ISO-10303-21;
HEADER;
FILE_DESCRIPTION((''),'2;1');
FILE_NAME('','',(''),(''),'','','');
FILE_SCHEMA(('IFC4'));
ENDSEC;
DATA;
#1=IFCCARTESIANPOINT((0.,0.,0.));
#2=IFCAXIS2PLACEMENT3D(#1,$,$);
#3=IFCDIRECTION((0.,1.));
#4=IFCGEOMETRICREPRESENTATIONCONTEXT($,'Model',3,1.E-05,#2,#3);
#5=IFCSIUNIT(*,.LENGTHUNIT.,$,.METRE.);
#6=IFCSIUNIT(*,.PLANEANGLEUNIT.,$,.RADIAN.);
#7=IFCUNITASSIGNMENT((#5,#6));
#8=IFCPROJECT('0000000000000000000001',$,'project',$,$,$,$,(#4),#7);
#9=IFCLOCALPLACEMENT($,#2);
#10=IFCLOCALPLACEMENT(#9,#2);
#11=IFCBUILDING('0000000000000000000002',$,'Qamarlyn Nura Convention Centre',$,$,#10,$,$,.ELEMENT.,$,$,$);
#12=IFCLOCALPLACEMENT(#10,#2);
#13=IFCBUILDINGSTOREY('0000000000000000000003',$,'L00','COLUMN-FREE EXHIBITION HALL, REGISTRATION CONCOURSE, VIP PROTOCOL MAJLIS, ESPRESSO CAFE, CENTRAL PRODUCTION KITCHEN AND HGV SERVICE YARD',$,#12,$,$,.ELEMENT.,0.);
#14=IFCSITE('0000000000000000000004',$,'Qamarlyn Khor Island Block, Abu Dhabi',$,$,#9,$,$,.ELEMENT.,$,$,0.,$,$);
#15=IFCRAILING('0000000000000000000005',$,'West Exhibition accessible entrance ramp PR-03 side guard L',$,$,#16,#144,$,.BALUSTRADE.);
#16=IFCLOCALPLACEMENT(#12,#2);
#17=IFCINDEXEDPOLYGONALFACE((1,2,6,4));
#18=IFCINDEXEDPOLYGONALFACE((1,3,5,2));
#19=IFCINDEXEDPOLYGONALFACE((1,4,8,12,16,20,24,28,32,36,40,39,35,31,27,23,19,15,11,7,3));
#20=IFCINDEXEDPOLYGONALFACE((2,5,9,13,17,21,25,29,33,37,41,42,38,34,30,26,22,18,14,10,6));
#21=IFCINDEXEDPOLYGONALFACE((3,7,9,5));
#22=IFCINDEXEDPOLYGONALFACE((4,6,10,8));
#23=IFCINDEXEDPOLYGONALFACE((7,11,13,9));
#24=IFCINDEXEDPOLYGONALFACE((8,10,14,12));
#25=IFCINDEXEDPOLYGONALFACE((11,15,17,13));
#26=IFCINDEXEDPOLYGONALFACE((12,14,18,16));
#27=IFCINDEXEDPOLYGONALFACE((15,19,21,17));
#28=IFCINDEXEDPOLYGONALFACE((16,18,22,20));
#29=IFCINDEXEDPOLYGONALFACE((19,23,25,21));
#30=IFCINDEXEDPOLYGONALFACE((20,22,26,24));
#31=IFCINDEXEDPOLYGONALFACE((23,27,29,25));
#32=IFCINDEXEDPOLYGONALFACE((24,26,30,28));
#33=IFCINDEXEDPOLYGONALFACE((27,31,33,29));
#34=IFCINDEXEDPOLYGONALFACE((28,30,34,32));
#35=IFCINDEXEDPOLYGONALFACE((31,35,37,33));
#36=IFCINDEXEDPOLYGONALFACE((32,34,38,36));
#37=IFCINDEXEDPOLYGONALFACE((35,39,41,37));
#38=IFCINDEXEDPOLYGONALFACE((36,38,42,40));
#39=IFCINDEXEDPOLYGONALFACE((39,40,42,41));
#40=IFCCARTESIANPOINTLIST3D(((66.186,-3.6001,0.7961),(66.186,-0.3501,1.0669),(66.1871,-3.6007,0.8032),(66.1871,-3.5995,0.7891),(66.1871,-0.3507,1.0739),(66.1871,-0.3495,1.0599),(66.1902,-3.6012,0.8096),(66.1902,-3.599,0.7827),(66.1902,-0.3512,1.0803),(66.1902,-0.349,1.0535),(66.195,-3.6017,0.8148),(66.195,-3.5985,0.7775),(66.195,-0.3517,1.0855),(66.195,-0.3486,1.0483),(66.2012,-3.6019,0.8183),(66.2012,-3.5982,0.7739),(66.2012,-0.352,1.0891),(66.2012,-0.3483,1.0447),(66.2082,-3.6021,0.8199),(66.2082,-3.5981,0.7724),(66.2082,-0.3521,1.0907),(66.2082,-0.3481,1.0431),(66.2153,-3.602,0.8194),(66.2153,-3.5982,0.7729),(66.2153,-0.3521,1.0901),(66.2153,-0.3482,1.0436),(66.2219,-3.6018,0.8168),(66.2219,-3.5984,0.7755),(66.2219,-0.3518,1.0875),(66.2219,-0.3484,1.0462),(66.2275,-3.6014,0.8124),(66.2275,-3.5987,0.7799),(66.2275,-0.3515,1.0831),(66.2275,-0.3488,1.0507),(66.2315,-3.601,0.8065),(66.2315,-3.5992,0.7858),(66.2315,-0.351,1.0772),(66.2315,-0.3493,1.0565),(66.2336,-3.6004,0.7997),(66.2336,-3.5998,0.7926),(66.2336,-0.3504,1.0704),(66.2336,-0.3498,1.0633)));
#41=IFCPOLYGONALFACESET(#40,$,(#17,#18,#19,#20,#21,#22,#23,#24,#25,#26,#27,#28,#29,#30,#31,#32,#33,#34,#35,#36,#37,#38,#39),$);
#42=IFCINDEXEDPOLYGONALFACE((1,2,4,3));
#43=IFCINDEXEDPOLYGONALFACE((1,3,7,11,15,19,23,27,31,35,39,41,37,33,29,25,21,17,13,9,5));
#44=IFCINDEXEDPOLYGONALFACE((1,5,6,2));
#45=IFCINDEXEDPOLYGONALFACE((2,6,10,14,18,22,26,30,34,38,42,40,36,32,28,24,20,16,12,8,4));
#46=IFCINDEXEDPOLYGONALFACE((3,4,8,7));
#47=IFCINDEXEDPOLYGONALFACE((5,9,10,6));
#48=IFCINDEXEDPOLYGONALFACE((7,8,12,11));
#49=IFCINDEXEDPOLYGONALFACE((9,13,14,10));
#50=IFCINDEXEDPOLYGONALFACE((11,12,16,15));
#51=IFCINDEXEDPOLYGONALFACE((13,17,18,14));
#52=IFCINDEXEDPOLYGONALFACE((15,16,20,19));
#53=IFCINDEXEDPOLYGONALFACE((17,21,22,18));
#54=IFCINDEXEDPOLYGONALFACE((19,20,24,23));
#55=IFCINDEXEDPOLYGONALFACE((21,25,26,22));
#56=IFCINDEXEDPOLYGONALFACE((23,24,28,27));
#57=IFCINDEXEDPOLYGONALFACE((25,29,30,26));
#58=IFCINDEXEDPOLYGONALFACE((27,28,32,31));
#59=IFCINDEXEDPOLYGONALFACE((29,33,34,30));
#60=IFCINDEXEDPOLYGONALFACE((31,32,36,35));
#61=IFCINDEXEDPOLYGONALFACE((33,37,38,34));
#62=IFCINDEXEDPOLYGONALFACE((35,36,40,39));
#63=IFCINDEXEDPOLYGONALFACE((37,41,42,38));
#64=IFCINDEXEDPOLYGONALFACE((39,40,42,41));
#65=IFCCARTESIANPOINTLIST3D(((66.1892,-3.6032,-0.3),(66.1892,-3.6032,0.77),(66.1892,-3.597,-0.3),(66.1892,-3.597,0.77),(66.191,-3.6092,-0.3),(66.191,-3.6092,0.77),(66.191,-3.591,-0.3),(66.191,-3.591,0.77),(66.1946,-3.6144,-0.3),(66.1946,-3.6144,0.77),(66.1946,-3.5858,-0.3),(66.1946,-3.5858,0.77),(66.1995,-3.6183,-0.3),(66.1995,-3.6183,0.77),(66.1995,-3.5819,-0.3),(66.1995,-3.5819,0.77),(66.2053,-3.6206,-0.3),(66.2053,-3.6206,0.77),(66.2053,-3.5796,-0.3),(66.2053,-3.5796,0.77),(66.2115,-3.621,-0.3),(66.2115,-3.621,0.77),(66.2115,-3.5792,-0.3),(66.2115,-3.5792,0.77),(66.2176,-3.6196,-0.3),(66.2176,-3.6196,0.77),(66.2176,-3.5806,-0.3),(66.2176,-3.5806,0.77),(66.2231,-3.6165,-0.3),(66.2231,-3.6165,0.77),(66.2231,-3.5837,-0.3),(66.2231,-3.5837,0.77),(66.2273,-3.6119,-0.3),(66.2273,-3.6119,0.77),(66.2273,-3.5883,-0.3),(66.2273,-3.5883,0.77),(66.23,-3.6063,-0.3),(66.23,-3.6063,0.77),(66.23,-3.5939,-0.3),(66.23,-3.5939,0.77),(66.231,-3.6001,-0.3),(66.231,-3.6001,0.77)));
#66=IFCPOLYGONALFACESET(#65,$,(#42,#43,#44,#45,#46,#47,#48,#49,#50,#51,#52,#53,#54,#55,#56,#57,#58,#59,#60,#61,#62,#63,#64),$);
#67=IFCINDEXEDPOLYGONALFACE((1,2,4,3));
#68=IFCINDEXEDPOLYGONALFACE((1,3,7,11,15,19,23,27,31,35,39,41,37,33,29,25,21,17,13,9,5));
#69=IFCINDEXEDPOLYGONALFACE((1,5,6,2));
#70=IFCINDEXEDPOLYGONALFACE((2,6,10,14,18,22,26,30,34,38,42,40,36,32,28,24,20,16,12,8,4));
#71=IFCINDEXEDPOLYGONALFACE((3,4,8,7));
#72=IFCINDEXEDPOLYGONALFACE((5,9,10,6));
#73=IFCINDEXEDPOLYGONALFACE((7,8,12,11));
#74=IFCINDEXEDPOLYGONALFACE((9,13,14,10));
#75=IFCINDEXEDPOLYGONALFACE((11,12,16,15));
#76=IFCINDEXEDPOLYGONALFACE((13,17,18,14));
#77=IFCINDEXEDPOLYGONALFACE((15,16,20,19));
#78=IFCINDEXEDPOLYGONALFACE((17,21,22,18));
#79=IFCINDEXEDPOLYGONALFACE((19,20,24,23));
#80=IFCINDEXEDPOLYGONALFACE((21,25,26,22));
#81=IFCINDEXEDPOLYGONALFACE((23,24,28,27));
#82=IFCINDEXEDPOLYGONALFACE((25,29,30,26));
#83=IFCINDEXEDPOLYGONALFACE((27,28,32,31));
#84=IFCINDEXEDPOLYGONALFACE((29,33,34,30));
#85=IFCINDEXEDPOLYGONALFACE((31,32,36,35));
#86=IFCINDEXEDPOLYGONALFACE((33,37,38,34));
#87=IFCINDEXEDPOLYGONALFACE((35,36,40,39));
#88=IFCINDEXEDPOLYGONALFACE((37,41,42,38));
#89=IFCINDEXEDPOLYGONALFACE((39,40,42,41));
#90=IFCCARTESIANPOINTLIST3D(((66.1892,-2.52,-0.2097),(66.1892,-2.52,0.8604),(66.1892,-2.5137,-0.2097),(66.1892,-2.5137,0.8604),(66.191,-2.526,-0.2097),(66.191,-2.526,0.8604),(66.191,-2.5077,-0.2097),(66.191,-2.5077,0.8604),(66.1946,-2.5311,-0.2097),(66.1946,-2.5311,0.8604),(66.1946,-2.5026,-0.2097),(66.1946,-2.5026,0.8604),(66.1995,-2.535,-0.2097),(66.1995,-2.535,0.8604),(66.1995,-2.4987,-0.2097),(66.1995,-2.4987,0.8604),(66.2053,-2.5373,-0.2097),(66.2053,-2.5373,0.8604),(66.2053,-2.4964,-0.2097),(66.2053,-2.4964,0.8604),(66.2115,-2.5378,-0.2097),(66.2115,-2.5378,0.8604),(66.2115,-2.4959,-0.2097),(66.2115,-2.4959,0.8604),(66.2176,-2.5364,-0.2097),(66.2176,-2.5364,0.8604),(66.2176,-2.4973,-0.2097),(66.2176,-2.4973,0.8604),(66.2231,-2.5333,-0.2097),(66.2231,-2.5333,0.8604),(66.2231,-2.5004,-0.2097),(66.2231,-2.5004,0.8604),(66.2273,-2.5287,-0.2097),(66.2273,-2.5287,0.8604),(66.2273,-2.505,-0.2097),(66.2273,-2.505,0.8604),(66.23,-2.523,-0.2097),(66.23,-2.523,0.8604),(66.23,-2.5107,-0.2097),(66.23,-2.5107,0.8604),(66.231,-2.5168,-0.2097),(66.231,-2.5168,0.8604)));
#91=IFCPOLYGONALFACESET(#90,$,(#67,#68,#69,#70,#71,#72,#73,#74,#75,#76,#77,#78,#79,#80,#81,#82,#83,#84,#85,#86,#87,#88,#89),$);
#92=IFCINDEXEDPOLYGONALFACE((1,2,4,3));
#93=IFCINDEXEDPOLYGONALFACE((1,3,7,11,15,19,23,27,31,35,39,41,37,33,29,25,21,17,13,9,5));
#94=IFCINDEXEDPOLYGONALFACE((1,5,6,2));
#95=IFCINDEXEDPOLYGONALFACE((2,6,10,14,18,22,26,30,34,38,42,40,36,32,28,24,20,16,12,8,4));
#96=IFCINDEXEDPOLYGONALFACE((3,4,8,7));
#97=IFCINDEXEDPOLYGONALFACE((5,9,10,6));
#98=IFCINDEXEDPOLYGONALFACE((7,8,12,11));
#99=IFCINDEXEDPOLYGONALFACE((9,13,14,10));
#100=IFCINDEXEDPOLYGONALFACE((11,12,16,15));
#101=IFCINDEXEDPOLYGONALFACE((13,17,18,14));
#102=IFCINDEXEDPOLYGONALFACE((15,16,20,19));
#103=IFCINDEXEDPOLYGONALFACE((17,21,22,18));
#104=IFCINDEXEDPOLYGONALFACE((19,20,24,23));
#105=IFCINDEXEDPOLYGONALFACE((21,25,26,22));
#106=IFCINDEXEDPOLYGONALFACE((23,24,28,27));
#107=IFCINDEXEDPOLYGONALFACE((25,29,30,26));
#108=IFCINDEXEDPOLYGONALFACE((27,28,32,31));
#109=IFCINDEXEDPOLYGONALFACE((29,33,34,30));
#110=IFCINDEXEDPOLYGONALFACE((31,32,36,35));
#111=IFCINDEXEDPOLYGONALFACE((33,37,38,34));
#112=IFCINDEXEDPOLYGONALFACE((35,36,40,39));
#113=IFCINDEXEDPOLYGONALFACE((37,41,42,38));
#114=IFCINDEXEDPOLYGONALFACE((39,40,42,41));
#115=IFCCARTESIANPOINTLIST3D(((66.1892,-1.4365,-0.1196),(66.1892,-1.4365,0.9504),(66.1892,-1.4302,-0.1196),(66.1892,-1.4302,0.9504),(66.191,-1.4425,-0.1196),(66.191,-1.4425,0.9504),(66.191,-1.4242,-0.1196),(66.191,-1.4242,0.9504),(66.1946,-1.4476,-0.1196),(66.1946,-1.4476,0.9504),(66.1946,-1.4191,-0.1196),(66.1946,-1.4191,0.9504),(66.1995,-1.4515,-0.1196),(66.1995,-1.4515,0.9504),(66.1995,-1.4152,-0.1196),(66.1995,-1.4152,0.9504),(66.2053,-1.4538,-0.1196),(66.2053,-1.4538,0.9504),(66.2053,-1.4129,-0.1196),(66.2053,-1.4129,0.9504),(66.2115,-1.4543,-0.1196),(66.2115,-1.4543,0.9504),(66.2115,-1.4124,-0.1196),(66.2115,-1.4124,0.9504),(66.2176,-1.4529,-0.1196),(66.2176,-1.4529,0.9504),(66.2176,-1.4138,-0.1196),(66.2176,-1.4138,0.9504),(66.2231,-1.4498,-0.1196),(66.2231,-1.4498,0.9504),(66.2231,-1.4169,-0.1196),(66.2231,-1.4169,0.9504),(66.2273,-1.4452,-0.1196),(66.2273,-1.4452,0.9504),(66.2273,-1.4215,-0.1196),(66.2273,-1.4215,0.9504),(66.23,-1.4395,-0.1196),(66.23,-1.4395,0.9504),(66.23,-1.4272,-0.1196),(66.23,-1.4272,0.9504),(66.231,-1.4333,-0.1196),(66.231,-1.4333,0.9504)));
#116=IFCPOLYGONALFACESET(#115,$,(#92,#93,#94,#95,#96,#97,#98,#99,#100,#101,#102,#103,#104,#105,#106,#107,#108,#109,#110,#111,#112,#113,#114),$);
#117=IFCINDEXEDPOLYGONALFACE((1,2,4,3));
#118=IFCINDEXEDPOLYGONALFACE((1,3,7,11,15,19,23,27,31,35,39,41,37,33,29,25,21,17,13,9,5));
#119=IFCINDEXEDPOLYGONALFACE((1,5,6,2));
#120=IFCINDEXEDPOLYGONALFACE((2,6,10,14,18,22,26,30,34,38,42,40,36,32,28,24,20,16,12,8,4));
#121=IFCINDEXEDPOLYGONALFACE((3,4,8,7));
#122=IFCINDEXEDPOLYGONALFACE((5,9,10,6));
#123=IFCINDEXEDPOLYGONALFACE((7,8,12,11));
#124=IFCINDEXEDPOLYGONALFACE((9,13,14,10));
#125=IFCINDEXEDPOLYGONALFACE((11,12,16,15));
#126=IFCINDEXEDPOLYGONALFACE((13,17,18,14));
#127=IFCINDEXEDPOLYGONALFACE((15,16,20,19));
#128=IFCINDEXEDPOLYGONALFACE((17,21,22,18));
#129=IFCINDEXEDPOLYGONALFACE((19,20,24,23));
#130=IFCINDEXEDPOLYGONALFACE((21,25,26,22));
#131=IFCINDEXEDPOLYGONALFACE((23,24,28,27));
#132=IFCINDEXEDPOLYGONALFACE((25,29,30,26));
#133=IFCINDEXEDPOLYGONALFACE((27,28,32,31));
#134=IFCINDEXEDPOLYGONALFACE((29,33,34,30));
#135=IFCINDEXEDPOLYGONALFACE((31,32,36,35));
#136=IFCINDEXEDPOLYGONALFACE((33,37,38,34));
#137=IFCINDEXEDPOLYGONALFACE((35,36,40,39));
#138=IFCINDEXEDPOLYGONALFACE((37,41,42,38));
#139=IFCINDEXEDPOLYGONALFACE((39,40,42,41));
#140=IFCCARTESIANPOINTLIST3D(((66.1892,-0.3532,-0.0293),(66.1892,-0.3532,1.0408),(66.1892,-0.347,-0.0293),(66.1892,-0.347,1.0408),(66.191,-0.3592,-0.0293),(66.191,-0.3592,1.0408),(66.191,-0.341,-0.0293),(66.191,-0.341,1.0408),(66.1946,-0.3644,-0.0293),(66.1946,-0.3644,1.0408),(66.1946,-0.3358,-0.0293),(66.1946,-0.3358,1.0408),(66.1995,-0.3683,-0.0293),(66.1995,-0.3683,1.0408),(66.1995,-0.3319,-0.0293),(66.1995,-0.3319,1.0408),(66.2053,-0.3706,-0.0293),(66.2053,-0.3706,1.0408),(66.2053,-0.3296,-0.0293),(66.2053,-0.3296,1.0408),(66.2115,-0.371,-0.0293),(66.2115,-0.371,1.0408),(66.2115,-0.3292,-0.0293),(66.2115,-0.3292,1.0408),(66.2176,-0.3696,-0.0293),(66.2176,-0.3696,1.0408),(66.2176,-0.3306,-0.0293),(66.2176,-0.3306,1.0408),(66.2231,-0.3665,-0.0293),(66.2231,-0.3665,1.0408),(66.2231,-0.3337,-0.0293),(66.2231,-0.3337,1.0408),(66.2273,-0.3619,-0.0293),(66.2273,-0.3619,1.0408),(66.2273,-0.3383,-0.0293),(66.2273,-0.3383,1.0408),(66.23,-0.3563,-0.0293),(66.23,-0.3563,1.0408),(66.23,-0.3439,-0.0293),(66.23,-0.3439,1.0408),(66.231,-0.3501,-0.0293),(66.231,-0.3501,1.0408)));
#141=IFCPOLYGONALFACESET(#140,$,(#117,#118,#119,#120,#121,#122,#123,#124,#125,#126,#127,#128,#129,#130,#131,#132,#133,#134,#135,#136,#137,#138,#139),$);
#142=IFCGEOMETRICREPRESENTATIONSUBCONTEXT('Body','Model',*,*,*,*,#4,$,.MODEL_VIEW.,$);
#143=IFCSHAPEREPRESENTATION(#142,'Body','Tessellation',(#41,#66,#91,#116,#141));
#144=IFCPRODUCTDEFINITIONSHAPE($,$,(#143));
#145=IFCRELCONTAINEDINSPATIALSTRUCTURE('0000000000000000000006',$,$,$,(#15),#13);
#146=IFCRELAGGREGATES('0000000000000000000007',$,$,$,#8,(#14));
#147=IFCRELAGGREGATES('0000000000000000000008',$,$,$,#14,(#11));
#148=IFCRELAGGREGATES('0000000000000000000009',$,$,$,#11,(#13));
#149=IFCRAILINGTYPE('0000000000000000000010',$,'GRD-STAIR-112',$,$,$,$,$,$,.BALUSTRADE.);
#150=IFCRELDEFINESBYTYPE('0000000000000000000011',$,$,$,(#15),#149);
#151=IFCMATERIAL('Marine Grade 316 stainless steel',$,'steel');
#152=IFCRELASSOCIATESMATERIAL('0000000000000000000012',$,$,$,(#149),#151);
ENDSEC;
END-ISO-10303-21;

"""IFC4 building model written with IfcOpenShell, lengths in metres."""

from ifc_helpers import new_model, si_unit, direction, frame, origin, origin_2d, place, context, subcontext, project, spatial, circle, extrude, material, type_object, element, save


model = new_model("IFC4")

# Units and contexts
model_context = context("Model", 3, precision=1e-05, world=origin(), true_north=direction((0.0, 1.0)))
body_context = subcontext(model_context, "Body", "Model", "MODEL_VIEW")
ifc_project = project(units=[si_unit("LENGTHUNIT", "METRE"), si_unit("PLANEANGLEUNIT", "RADIAN")], contexts=[model_context])

# Site, building, storey
site_placement = place(None, origin())
site = spatial("IfcSite", under=ifc_project, at=site_placement, Name="Qamarlyn Khor Island Block, Abu Dhabi", CompositionType="ELEMENT", RefElevation=0.0)
building_placement = place(site_placement, origin())
building = spatial("IfcBuilding", under=site, at=building_placement, Name="Qamarlyn Nura Convention Centre", CompositionType="ELEMENT")
storey_placement = place(building_placement, origin())
storey = spatial("IfcBuildingStorey", under=building, at=storey_placement, Name="L00", Description="COLUMN-FREE EXHIBITION HALL, REGISTRATION CONCOURSE, VIP PROTOCOL MAJLIS, ESPRESSO CAFE, CENTRAL PRODUCTION KITCHEN AND HGV SERVICE YARD", CompositionType="ELEMENT", Elevation=0.0)

# Railing
ifc_material_1 = material(Name="Marine Grade 316 stainless steel", Category="steel")
railing_type_1 = type_object("IfcRailingType", Name="GRD-STAIR-112", PredefinedType="BALUSTRADE", material=ifc_material_1)
for number, where, name in (
    (1, (66.21, -3.6001, -0.3), "West Exhibition accessible entrance ramp PR-03 side guard L"),
):
    element("IfcRailing", number, at=place(storey_placement, frame(where)), inside=storey, type_object=railing_type_1, Name=name, PredefinedType="BALUSTRADE", context=body_context, shape_type="SweptSolid", body=[
        extrude(circle(Radius=0.0239, at=origin_2d()), frame((0.0, 0.0, 1.0962), z_axis=(0.0, 0.996548, 0.083021), x_axis=(-1.0, 0.0, 0.0)), (0.0, 0.0, 1.0), 3.2612),
        extrude(circle(Radius=0.021, at=origin_2d()), origin(), (0.0, 0.0, 1.0), 1.0701),
        extrude(circle(Radius=0.021, at=origin_2d()), frame((0.0, 1.0833, 0.0903)), (0.0, 0.0, 1.0), 1.0701),
        extrude(circle(Radius=0.021, at=origin_2d()), frame((0.0, 2.1667, 0.1804)), (0.0, 0.0, 1.0), 1.0701),
        extrude(circle(Radius=0.021, at=origin_2d()), frame((0.0, 3.25, 0.2708)), (0.0, 0.0, 1.0), 1.0701),
    ])

save(model, "model.ifc")
